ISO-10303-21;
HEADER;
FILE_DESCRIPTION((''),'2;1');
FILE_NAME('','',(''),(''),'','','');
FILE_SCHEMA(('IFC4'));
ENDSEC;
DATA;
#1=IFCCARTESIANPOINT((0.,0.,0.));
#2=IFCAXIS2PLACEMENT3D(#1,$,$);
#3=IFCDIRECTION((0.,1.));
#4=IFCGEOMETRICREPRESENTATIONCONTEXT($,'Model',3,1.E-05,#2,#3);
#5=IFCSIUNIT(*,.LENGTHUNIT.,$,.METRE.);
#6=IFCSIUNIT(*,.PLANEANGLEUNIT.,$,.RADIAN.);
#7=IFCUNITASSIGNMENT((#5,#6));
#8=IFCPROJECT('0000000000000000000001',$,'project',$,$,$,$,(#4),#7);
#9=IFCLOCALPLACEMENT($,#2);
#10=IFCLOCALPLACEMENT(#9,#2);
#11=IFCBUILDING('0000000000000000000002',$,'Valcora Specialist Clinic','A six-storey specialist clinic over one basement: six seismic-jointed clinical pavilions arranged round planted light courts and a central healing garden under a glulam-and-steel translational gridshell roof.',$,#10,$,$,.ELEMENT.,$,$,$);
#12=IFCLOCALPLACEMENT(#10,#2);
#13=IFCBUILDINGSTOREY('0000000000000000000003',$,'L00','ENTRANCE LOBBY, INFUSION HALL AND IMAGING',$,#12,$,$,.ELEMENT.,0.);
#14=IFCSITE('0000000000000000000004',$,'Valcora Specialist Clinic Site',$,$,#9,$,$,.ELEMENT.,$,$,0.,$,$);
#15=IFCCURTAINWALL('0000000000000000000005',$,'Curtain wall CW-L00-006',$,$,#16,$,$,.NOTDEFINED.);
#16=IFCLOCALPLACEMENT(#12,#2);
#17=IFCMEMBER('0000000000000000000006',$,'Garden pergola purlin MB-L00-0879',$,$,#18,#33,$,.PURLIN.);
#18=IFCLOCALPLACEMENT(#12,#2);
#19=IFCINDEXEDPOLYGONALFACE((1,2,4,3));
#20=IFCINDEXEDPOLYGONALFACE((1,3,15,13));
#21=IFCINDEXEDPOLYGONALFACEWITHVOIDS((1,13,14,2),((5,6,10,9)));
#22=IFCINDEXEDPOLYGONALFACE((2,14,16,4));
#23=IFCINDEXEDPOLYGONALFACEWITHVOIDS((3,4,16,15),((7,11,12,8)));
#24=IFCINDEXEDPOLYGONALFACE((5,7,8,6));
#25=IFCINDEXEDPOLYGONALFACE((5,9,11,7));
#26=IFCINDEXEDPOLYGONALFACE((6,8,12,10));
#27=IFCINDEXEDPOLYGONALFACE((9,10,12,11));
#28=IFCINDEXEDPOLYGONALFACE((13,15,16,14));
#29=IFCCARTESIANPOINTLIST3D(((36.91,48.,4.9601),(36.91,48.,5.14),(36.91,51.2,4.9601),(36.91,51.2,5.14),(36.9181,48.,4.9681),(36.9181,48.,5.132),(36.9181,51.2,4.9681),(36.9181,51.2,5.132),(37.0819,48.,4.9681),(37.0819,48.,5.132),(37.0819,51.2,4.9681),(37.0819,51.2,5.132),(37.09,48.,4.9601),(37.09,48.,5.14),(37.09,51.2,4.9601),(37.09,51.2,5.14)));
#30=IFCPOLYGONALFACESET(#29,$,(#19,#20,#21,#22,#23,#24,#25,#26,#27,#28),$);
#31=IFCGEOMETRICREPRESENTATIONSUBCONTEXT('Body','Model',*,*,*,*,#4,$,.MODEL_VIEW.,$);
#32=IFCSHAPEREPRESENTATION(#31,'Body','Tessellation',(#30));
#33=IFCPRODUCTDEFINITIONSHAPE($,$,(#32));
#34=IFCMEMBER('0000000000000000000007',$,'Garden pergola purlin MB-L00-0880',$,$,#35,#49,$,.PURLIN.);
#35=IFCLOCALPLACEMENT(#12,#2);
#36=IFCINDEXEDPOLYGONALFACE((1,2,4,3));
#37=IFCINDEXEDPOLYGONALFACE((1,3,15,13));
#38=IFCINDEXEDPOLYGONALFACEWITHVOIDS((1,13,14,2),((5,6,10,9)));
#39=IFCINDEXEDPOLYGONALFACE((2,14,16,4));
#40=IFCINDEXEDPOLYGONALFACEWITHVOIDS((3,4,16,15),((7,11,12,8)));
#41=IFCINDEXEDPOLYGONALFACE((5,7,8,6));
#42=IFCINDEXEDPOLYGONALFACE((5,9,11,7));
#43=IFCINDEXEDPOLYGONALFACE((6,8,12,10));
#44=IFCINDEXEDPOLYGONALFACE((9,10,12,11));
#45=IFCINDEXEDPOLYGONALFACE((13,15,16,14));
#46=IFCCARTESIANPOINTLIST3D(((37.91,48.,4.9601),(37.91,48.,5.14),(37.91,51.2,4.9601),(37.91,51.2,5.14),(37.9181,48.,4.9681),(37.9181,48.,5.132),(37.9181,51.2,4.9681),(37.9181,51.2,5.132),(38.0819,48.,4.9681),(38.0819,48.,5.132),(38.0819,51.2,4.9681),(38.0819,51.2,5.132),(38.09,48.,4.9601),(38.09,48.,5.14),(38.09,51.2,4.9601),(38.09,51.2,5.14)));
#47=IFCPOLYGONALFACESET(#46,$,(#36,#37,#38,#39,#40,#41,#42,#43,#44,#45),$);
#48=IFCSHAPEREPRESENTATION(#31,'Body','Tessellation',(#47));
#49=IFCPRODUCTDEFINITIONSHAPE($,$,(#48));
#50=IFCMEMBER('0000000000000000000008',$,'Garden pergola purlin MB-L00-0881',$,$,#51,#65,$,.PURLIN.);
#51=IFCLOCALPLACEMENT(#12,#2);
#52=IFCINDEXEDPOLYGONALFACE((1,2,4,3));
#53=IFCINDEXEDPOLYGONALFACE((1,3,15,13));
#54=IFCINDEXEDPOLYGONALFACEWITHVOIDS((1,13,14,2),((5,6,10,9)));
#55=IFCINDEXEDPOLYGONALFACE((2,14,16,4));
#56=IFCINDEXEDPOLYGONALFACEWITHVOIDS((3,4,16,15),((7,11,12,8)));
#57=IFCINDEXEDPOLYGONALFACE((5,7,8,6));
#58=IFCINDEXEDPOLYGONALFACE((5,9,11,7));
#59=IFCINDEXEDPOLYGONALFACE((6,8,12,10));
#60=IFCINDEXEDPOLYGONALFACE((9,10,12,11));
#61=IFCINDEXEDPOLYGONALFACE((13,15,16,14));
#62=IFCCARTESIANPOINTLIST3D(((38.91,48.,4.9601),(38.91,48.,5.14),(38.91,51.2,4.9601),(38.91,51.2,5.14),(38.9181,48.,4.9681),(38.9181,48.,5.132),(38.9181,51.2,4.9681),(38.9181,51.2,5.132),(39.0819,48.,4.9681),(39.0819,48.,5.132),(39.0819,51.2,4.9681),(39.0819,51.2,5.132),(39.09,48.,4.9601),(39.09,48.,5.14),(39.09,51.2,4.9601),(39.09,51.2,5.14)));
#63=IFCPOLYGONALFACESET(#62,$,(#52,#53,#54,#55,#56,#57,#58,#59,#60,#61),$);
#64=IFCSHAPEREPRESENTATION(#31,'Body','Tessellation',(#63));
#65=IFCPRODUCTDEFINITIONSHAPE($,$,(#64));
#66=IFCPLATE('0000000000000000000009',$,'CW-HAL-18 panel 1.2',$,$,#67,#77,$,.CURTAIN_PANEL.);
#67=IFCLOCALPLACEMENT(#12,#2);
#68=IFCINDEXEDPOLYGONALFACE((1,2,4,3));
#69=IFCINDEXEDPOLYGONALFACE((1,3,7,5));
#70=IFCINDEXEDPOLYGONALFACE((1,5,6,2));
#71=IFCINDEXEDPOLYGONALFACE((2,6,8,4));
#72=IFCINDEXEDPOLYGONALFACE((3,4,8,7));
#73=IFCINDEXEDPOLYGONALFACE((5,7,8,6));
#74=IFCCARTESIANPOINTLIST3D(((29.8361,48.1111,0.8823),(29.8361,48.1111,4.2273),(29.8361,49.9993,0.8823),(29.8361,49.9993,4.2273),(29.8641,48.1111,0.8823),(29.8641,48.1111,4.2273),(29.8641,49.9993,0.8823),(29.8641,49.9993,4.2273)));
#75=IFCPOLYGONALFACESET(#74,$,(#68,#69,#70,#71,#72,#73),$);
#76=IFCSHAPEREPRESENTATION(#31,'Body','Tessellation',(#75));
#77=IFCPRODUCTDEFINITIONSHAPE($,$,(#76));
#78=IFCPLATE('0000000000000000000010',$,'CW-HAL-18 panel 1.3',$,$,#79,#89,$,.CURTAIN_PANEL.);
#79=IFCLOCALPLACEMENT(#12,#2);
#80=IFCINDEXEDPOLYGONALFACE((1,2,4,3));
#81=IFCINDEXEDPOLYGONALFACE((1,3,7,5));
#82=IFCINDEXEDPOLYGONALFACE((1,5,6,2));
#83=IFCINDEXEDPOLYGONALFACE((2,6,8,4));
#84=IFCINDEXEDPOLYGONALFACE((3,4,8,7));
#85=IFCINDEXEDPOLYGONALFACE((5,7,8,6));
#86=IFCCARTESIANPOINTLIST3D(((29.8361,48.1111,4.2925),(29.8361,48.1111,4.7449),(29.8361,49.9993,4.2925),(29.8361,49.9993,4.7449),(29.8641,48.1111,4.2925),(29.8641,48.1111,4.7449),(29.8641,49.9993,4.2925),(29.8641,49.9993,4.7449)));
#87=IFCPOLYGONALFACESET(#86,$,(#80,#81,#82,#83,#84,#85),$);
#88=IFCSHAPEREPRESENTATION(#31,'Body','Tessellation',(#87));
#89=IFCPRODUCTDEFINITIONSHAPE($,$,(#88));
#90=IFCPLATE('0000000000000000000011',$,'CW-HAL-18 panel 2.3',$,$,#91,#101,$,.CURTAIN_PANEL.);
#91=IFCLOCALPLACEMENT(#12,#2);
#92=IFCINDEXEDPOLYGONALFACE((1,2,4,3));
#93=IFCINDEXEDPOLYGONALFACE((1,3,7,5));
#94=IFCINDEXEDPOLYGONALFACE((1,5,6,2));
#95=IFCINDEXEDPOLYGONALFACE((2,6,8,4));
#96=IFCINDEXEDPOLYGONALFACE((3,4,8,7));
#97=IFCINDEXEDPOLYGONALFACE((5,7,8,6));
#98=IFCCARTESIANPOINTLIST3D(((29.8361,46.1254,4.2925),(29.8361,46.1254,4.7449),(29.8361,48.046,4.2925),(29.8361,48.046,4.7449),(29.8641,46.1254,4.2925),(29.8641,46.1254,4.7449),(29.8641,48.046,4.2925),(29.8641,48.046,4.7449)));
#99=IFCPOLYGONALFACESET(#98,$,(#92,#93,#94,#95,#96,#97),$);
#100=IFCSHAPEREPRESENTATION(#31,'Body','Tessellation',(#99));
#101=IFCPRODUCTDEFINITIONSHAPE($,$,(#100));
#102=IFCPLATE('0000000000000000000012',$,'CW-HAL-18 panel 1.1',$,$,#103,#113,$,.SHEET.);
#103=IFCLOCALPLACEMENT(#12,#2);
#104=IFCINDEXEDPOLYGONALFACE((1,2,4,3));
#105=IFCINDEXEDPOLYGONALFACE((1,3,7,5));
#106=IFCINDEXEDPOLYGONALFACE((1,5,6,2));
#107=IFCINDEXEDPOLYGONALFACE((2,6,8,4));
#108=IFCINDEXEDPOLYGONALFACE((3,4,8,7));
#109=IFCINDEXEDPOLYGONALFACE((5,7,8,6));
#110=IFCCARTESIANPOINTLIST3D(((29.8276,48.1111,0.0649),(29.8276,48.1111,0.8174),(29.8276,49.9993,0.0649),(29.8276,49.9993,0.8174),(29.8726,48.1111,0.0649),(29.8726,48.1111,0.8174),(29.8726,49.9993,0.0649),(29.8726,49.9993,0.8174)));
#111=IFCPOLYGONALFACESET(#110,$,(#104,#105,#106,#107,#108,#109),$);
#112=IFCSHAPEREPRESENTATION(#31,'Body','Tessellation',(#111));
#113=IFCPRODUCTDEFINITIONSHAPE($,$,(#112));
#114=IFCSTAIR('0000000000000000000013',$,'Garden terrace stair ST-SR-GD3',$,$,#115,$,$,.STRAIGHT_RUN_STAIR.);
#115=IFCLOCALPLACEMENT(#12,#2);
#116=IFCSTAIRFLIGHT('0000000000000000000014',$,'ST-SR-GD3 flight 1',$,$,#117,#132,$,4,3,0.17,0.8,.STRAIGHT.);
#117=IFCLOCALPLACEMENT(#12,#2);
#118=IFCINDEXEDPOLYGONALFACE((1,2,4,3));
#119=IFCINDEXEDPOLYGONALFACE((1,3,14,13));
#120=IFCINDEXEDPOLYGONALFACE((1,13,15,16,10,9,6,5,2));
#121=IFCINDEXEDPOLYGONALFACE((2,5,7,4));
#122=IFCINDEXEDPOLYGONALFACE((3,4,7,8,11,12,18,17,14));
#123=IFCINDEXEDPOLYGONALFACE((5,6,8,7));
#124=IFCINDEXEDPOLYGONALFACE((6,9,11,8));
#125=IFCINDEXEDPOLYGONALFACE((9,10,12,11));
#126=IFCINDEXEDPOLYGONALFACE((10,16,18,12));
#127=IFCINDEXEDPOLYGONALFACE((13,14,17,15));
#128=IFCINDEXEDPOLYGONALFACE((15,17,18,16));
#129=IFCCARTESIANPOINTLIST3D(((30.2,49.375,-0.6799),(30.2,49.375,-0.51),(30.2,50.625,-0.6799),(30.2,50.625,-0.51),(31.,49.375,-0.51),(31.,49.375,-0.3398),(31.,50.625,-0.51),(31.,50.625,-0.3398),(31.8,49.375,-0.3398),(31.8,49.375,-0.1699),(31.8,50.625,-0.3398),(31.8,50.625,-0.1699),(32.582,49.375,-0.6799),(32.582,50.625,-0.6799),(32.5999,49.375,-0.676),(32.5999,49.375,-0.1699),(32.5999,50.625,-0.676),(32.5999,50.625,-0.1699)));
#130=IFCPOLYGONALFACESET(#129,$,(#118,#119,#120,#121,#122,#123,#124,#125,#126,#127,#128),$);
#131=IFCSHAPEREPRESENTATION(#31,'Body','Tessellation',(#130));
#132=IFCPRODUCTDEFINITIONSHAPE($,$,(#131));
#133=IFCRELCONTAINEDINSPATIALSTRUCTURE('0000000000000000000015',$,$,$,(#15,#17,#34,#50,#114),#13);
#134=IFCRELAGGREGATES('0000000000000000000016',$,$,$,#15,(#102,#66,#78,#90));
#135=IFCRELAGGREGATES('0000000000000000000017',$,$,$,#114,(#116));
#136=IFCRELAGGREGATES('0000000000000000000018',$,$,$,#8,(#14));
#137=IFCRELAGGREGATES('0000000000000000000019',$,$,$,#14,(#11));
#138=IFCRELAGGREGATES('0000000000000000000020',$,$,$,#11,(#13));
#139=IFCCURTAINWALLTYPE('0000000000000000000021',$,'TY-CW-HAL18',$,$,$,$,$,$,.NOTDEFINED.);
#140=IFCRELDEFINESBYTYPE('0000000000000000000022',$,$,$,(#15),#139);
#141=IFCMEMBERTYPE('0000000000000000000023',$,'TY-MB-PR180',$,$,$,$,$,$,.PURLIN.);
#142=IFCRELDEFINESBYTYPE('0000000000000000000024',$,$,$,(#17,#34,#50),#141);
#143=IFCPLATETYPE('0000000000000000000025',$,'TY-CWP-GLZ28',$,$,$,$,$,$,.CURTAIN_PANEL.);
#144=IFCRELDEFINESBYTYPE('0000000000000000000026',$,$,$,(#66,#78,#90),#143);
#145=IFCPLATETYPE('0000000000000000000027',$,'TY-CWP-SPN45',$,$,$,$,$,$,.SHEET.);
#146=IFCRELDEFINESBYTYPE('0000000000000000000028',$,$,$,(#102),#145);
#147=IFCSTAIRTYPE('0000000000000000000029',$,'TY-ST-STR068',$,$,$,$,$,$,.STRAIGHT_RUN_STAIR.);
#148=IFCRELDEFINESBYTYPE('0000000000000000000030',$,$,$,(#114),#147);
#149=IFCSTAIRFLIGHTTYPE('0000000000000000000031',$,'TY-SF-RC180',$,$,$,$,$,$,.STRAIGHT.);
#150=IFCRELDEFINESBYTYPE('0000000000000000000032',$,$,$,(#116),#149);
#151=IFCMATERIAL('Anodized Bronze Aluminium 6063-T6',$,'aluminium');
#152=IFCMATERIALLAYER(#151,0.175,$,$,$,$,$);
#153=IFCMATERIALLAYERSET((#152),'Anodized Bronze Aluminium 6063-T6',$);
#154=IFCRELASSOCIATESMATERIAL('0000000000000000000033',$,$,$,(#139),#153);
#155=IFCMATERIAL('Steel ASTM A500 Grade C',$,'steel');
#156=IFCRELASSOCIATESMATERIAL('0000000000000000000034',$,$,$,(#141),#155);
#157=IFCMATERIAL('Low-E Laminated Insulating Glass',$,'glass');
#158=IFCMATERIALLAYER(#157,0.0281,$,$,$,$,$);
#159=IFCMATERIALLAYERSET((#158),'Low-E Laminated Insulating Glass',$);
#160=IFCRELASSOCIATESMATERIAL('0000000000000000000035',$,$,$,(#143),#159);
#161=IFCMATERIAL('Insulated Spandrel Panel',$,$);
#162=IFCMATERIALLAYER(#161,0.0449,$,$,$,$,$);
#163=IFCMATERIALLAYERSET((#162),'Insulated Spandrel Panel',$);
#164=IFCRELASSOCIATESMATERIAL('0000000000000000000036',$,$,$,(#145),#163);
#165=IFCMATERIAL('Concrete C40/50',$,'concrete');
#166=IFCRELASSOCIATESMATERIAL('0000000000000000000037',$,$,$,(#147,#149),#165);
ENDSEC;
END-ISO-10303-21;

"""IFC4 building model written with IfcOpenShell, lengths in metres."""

from ifc_helpers import new_model, si_unit, direction, frame, origin, origin_2d, place, context, subcontext, project, spatial, polyline, rectangle, hollow_rectangle, outline, extrude, material, layer, layer_set, material_profile, profile_set, type_object, element, aggregate, save


model = new_model("IFC4")

# Units and contexts
model_context = context("Model", 3, precision=1e-05, world=origin(), true_north=direction((0.0, 1.0)))
body_context = subcontext(model_context, "Body", "Model", "MODEL_VIEW")
ifc_project = project(units=[si_unit("LENGTHUNIT", "METRE"), si_unit("PLANEANGLEUNIT", "RADIAN")], contexts=[model_context])

# Site, building, storey
site_placement = place(None, origin())
site = spatial("IfcSite", under=ifc_project, at=site_placement, Name="Valcora Specialist Clinic Site", CompositionType="ELEMENT", RefElevation=0.0)
building_placement = place(site_placement, origin())
building = spatial("IfcBuilding", under=site, at=building_placement, Name="Valcora Specialist Clinic", Description="A six-storey specialist clinic over one basement: six seismic-jointed clinical pavilions arranged round planted light courts and a central healing garden under a glulam-and-steel translational gridshell roof.", CompositionType="ELEMENT")
storey_placement = place(building_placement, origin())
storey = spatial("IfcBuildingStorey", under=building, at=storey_placement, Name="L00", Description="ENTRANCE LOBBY, INFUSION HALL AND IMAGING", CompositionType="ELEMENT", Elevation=0.0)

# Shared definitions
ifc_material_1 = material(Name="Concrete C40/50", Category="concrete")

# Shared definitions
ifc_material_2 = material(Name="Anodized Bronze Aluminium 6063-T6", Category="aluminium")
ifc_layer_1 = layer(ifc_material_2, 0.175)
ifc_layer_set_1 = layer_set([ifc_layer_1], Name="Anodized Bronze Aluminium 6063-T6")
curtain_wall_type = type_object("IfcCurtainWallType", Name="TY-CW-HAL18", PredefinedType="NOTDEFINED", material=ifc_layer_set_1)

# Curtain wall
curtain_wall_1_placement = place(storey_placement, origin())
curtain_wall_1 = element("IfcCurtainWall", 1, at=curtain_wall_1_placement, inside=storey, type_object=curtain_wall_type, Name="Curtain wall CW-L00-006", PredefinedType="NOTDEFINED")

# Members
ifc_material_3 = material(Name="Steel ASTM A500 Grade C", Category="steel")
ifc_material_profile_1 = material_profile(ifc_material_3, hollow_rectangle(XDim=0.1799, YDim=0.1799, WallThickness=0.0081, at=origin_2d()), Name="ST-RHS-180X180X8")
ifc_profile_set_1 = profile_set([ifc_material_profile_1], Name="Steel ASTM A500 Grade C")
member_type_1 = type_object("IfcMemberType", Name="TY-MB-PR180", PredefinedType="PURLIN", material=ifc_profile_set_1)
for number, where, z_axis, x_axis, name in (
    (2, (37.0, 48.0, 5.05), (0.0, 1.0, 0.0), (-1.0, 0.0, 0.0), "Garden pergola purlin MB-L00-0879"),
    (3, (38.0, 48.0, 5.05), (0.0, 1.0, 0.0), (-1.0, 0.0, 0.0), "Garden pergola purlin MB-L00-0880"),
    (4, (39.0, 48.0, 5.05), (0.0, 1.0, 0.0), (-1.0, 0.0, 0.0), "Garden pergola purlin MB-L00-0881"),
):
    element("IfcMember", number, at=place(storey_placement, frame(where, z_axis=z_axis, x_axis=x_axis)), inside=storey, type_object=member_type_1, Name=name, PredefinedType="PURLIN", context=body_context, shape_type="SweptSolid", body=[
        extrude(hollow_rectangle(XDim=0.1799, YDim=0.1799, WallThickness=0.0081, at=origin_2d()), origin(), (0.0, 0.0, 1.0), 3.2),
    ])

# Plates
ifc_material_4 = material(Name="Low-E Laminated Insulating Glass", Category="glass")
ifc_layer_2 = layer(ifc_material_4, 0.0281)
ifc_layer_set_2 = layer_set([ifc_layer_2], Name="Low-E Laminated Insulating Glass")
plate_type_1 = type_object("IfcPlateType", Name="TY-CWP-GLZ28", PredefinedType="CURTAIN_PANEL", material=ifc_layer_set_2)
plate_1_placement = place(storey_placement, frame((29.8501, 49.0552, 0.8823), z_axis=(0.0, 0.0, 1.0), x_axis=(0.0, -1.0, 0.0)))
plate_1 = element("IfcPlate", 5, at=plate_1_placement, type_object=plate_type_1, Name="CW-HAL-18 panel 1.2", PredefinedType="CURTAIN_PANEL", context=body_context, shape_type="SweptSolid", body=[
    extrude(rectangle(XDim=1.8882, YDim=0.0281, at=origin_2d()), origin(), (0.0, 0.0, 1.0), 3.345),
])
plate_2_placement = place(storey_placement, frame((29.8501, 49.0552, 4.2925), z_axis=(0.0, 0.0, 1.0), x_axis=(0.0, -1.0, 0.0)))
plate_2 = element("IfcPlate", 6, at=plate_2_placement, type_object=plate_type_1, Name="CW-HAL-18 panel 1.3", PredefinedType="CURTAIN_PANEL", context=body_context, shape_type="SweptSolid", body=[
    extrude(rectangle(XDim=1.8882, YDim=0.0281, at=origin_2d()), origin(), (0.0, 0.0, 1.0), 0.4524),
])
plate_3_placement = place(storey_placement, frame((29.8501, 47.0857, 4.2925), z_axis=(0.0, 0.0, 1.0), x_axis=(0.0, -1.0, 0.0)))
plate_3 = element("IfcPlate", 7, at=plate_3_placement, type_object=plate_type_1, Name="CW-HAL-18 panel 2.3", PredefinedType="CURTAIN_PANEL", context=body_context, shape_type="SweptSolid", body=[
    extrude(rectangle(XDim=1.9207, YDim=0.0281, at=origin_2d()), origin(), (0.0, 0.0, 1.0), 0.4524),
])
ifc_material_5 = material(Name="Insulated Spandrel Panel")
ifc_layer_3 = layer(ifc_material_5, 0.0449)
ifc_layer_set_3 = layer_set([ifc_layer_3], Name="Insulated Spandrel Panel")
plate_type_2 = type_object("IfcPlateType", Name="TY-CWP-SPN45", PredefinedType="SHEET", material=ifc_layer_set_3)
plate_4_placement = place(storey_placement, frame((29.8501, 49.0552, 0.0649), z_axis=(0.0, 0.0, 1.0), x_axis=(0.0, -1.0, 0.0)))
plate_4 = element("IfcPlate", 8, at=plate_4_placement, type_object=plate_type_2, Name="CW-HAL-18 panel 1.1", PredefinedType="SHEET", context=body_context, shape_type="SweptSolid", body=[
    extrude(rectangle(XDim=1.8882, YDim=0.0449, at=origin_2d()), origin(), (0.0, 0.0, 1.0), 0.7524),
])
aggregate(curtain_wall_1, [plate_4, plate_1, plate_2, plate_3])

# Stair, stair flight
stair_type = type_object("IfcStairType", Name="TY-ST-STR068", PredefinedType="STRAIGHT_RUN_STAIR", material=ifc_material_1)
stair_placement = place(storey_placement, origin())
stair = element("IfcStair", 9, at=stair_placement, inside=storey, type_object=stair_type, Name="Garden terrace stair ST-SR-GD3", PredefinedType="STRAIGHT_RUN_STAIR")
stair_flight_type = type_object("IfcStairFlightType", Name="TY-SF-RC180", PredefinedType="STRAIGHT", material=ifc_material_1)
stair_flight_placement = place(storey_placement, frame((30.2, 50.0, -0.6799), z_axis=(0.0, 0.0, 1.0), x_axis=(1.0, 0.0, 0.0)))
stair_flight = element("IfcStairFlight", 10, at=stair_flight_placement, type_object=stair_flight_type, Name="ST-SR-GD3 flight 1", NumberOfRisers=4, NumberOfTreads=3, PredefinedType="STRAIGHT", RiserHeight=0.17, TreadLength=0.8, context=body_context, shape_type="SweptSolid", body=[
    extrude(outline(polyline([(0.0, 0.0), (0.0, 0.1699), (0.8, 0.1699), (0.8, 0.3401), (1.6001, 0.3401), (1.6001, 0.51), (2.3999, 0.51), (2.3999, 0.6799), (2.3999, 0.0039), (2.3821, 0.0), (0.0, 0.0)])), frame((0.0, 0.625, 0.0), z_axis=(0.0, -1.0, 0.0), x_axis=(1.0, 0.0, 0.0)), (0.0, 0.0, 1.0), 1.25),
])
aggregate(stair, [stair_flight])

save(model, "model.ifc")
